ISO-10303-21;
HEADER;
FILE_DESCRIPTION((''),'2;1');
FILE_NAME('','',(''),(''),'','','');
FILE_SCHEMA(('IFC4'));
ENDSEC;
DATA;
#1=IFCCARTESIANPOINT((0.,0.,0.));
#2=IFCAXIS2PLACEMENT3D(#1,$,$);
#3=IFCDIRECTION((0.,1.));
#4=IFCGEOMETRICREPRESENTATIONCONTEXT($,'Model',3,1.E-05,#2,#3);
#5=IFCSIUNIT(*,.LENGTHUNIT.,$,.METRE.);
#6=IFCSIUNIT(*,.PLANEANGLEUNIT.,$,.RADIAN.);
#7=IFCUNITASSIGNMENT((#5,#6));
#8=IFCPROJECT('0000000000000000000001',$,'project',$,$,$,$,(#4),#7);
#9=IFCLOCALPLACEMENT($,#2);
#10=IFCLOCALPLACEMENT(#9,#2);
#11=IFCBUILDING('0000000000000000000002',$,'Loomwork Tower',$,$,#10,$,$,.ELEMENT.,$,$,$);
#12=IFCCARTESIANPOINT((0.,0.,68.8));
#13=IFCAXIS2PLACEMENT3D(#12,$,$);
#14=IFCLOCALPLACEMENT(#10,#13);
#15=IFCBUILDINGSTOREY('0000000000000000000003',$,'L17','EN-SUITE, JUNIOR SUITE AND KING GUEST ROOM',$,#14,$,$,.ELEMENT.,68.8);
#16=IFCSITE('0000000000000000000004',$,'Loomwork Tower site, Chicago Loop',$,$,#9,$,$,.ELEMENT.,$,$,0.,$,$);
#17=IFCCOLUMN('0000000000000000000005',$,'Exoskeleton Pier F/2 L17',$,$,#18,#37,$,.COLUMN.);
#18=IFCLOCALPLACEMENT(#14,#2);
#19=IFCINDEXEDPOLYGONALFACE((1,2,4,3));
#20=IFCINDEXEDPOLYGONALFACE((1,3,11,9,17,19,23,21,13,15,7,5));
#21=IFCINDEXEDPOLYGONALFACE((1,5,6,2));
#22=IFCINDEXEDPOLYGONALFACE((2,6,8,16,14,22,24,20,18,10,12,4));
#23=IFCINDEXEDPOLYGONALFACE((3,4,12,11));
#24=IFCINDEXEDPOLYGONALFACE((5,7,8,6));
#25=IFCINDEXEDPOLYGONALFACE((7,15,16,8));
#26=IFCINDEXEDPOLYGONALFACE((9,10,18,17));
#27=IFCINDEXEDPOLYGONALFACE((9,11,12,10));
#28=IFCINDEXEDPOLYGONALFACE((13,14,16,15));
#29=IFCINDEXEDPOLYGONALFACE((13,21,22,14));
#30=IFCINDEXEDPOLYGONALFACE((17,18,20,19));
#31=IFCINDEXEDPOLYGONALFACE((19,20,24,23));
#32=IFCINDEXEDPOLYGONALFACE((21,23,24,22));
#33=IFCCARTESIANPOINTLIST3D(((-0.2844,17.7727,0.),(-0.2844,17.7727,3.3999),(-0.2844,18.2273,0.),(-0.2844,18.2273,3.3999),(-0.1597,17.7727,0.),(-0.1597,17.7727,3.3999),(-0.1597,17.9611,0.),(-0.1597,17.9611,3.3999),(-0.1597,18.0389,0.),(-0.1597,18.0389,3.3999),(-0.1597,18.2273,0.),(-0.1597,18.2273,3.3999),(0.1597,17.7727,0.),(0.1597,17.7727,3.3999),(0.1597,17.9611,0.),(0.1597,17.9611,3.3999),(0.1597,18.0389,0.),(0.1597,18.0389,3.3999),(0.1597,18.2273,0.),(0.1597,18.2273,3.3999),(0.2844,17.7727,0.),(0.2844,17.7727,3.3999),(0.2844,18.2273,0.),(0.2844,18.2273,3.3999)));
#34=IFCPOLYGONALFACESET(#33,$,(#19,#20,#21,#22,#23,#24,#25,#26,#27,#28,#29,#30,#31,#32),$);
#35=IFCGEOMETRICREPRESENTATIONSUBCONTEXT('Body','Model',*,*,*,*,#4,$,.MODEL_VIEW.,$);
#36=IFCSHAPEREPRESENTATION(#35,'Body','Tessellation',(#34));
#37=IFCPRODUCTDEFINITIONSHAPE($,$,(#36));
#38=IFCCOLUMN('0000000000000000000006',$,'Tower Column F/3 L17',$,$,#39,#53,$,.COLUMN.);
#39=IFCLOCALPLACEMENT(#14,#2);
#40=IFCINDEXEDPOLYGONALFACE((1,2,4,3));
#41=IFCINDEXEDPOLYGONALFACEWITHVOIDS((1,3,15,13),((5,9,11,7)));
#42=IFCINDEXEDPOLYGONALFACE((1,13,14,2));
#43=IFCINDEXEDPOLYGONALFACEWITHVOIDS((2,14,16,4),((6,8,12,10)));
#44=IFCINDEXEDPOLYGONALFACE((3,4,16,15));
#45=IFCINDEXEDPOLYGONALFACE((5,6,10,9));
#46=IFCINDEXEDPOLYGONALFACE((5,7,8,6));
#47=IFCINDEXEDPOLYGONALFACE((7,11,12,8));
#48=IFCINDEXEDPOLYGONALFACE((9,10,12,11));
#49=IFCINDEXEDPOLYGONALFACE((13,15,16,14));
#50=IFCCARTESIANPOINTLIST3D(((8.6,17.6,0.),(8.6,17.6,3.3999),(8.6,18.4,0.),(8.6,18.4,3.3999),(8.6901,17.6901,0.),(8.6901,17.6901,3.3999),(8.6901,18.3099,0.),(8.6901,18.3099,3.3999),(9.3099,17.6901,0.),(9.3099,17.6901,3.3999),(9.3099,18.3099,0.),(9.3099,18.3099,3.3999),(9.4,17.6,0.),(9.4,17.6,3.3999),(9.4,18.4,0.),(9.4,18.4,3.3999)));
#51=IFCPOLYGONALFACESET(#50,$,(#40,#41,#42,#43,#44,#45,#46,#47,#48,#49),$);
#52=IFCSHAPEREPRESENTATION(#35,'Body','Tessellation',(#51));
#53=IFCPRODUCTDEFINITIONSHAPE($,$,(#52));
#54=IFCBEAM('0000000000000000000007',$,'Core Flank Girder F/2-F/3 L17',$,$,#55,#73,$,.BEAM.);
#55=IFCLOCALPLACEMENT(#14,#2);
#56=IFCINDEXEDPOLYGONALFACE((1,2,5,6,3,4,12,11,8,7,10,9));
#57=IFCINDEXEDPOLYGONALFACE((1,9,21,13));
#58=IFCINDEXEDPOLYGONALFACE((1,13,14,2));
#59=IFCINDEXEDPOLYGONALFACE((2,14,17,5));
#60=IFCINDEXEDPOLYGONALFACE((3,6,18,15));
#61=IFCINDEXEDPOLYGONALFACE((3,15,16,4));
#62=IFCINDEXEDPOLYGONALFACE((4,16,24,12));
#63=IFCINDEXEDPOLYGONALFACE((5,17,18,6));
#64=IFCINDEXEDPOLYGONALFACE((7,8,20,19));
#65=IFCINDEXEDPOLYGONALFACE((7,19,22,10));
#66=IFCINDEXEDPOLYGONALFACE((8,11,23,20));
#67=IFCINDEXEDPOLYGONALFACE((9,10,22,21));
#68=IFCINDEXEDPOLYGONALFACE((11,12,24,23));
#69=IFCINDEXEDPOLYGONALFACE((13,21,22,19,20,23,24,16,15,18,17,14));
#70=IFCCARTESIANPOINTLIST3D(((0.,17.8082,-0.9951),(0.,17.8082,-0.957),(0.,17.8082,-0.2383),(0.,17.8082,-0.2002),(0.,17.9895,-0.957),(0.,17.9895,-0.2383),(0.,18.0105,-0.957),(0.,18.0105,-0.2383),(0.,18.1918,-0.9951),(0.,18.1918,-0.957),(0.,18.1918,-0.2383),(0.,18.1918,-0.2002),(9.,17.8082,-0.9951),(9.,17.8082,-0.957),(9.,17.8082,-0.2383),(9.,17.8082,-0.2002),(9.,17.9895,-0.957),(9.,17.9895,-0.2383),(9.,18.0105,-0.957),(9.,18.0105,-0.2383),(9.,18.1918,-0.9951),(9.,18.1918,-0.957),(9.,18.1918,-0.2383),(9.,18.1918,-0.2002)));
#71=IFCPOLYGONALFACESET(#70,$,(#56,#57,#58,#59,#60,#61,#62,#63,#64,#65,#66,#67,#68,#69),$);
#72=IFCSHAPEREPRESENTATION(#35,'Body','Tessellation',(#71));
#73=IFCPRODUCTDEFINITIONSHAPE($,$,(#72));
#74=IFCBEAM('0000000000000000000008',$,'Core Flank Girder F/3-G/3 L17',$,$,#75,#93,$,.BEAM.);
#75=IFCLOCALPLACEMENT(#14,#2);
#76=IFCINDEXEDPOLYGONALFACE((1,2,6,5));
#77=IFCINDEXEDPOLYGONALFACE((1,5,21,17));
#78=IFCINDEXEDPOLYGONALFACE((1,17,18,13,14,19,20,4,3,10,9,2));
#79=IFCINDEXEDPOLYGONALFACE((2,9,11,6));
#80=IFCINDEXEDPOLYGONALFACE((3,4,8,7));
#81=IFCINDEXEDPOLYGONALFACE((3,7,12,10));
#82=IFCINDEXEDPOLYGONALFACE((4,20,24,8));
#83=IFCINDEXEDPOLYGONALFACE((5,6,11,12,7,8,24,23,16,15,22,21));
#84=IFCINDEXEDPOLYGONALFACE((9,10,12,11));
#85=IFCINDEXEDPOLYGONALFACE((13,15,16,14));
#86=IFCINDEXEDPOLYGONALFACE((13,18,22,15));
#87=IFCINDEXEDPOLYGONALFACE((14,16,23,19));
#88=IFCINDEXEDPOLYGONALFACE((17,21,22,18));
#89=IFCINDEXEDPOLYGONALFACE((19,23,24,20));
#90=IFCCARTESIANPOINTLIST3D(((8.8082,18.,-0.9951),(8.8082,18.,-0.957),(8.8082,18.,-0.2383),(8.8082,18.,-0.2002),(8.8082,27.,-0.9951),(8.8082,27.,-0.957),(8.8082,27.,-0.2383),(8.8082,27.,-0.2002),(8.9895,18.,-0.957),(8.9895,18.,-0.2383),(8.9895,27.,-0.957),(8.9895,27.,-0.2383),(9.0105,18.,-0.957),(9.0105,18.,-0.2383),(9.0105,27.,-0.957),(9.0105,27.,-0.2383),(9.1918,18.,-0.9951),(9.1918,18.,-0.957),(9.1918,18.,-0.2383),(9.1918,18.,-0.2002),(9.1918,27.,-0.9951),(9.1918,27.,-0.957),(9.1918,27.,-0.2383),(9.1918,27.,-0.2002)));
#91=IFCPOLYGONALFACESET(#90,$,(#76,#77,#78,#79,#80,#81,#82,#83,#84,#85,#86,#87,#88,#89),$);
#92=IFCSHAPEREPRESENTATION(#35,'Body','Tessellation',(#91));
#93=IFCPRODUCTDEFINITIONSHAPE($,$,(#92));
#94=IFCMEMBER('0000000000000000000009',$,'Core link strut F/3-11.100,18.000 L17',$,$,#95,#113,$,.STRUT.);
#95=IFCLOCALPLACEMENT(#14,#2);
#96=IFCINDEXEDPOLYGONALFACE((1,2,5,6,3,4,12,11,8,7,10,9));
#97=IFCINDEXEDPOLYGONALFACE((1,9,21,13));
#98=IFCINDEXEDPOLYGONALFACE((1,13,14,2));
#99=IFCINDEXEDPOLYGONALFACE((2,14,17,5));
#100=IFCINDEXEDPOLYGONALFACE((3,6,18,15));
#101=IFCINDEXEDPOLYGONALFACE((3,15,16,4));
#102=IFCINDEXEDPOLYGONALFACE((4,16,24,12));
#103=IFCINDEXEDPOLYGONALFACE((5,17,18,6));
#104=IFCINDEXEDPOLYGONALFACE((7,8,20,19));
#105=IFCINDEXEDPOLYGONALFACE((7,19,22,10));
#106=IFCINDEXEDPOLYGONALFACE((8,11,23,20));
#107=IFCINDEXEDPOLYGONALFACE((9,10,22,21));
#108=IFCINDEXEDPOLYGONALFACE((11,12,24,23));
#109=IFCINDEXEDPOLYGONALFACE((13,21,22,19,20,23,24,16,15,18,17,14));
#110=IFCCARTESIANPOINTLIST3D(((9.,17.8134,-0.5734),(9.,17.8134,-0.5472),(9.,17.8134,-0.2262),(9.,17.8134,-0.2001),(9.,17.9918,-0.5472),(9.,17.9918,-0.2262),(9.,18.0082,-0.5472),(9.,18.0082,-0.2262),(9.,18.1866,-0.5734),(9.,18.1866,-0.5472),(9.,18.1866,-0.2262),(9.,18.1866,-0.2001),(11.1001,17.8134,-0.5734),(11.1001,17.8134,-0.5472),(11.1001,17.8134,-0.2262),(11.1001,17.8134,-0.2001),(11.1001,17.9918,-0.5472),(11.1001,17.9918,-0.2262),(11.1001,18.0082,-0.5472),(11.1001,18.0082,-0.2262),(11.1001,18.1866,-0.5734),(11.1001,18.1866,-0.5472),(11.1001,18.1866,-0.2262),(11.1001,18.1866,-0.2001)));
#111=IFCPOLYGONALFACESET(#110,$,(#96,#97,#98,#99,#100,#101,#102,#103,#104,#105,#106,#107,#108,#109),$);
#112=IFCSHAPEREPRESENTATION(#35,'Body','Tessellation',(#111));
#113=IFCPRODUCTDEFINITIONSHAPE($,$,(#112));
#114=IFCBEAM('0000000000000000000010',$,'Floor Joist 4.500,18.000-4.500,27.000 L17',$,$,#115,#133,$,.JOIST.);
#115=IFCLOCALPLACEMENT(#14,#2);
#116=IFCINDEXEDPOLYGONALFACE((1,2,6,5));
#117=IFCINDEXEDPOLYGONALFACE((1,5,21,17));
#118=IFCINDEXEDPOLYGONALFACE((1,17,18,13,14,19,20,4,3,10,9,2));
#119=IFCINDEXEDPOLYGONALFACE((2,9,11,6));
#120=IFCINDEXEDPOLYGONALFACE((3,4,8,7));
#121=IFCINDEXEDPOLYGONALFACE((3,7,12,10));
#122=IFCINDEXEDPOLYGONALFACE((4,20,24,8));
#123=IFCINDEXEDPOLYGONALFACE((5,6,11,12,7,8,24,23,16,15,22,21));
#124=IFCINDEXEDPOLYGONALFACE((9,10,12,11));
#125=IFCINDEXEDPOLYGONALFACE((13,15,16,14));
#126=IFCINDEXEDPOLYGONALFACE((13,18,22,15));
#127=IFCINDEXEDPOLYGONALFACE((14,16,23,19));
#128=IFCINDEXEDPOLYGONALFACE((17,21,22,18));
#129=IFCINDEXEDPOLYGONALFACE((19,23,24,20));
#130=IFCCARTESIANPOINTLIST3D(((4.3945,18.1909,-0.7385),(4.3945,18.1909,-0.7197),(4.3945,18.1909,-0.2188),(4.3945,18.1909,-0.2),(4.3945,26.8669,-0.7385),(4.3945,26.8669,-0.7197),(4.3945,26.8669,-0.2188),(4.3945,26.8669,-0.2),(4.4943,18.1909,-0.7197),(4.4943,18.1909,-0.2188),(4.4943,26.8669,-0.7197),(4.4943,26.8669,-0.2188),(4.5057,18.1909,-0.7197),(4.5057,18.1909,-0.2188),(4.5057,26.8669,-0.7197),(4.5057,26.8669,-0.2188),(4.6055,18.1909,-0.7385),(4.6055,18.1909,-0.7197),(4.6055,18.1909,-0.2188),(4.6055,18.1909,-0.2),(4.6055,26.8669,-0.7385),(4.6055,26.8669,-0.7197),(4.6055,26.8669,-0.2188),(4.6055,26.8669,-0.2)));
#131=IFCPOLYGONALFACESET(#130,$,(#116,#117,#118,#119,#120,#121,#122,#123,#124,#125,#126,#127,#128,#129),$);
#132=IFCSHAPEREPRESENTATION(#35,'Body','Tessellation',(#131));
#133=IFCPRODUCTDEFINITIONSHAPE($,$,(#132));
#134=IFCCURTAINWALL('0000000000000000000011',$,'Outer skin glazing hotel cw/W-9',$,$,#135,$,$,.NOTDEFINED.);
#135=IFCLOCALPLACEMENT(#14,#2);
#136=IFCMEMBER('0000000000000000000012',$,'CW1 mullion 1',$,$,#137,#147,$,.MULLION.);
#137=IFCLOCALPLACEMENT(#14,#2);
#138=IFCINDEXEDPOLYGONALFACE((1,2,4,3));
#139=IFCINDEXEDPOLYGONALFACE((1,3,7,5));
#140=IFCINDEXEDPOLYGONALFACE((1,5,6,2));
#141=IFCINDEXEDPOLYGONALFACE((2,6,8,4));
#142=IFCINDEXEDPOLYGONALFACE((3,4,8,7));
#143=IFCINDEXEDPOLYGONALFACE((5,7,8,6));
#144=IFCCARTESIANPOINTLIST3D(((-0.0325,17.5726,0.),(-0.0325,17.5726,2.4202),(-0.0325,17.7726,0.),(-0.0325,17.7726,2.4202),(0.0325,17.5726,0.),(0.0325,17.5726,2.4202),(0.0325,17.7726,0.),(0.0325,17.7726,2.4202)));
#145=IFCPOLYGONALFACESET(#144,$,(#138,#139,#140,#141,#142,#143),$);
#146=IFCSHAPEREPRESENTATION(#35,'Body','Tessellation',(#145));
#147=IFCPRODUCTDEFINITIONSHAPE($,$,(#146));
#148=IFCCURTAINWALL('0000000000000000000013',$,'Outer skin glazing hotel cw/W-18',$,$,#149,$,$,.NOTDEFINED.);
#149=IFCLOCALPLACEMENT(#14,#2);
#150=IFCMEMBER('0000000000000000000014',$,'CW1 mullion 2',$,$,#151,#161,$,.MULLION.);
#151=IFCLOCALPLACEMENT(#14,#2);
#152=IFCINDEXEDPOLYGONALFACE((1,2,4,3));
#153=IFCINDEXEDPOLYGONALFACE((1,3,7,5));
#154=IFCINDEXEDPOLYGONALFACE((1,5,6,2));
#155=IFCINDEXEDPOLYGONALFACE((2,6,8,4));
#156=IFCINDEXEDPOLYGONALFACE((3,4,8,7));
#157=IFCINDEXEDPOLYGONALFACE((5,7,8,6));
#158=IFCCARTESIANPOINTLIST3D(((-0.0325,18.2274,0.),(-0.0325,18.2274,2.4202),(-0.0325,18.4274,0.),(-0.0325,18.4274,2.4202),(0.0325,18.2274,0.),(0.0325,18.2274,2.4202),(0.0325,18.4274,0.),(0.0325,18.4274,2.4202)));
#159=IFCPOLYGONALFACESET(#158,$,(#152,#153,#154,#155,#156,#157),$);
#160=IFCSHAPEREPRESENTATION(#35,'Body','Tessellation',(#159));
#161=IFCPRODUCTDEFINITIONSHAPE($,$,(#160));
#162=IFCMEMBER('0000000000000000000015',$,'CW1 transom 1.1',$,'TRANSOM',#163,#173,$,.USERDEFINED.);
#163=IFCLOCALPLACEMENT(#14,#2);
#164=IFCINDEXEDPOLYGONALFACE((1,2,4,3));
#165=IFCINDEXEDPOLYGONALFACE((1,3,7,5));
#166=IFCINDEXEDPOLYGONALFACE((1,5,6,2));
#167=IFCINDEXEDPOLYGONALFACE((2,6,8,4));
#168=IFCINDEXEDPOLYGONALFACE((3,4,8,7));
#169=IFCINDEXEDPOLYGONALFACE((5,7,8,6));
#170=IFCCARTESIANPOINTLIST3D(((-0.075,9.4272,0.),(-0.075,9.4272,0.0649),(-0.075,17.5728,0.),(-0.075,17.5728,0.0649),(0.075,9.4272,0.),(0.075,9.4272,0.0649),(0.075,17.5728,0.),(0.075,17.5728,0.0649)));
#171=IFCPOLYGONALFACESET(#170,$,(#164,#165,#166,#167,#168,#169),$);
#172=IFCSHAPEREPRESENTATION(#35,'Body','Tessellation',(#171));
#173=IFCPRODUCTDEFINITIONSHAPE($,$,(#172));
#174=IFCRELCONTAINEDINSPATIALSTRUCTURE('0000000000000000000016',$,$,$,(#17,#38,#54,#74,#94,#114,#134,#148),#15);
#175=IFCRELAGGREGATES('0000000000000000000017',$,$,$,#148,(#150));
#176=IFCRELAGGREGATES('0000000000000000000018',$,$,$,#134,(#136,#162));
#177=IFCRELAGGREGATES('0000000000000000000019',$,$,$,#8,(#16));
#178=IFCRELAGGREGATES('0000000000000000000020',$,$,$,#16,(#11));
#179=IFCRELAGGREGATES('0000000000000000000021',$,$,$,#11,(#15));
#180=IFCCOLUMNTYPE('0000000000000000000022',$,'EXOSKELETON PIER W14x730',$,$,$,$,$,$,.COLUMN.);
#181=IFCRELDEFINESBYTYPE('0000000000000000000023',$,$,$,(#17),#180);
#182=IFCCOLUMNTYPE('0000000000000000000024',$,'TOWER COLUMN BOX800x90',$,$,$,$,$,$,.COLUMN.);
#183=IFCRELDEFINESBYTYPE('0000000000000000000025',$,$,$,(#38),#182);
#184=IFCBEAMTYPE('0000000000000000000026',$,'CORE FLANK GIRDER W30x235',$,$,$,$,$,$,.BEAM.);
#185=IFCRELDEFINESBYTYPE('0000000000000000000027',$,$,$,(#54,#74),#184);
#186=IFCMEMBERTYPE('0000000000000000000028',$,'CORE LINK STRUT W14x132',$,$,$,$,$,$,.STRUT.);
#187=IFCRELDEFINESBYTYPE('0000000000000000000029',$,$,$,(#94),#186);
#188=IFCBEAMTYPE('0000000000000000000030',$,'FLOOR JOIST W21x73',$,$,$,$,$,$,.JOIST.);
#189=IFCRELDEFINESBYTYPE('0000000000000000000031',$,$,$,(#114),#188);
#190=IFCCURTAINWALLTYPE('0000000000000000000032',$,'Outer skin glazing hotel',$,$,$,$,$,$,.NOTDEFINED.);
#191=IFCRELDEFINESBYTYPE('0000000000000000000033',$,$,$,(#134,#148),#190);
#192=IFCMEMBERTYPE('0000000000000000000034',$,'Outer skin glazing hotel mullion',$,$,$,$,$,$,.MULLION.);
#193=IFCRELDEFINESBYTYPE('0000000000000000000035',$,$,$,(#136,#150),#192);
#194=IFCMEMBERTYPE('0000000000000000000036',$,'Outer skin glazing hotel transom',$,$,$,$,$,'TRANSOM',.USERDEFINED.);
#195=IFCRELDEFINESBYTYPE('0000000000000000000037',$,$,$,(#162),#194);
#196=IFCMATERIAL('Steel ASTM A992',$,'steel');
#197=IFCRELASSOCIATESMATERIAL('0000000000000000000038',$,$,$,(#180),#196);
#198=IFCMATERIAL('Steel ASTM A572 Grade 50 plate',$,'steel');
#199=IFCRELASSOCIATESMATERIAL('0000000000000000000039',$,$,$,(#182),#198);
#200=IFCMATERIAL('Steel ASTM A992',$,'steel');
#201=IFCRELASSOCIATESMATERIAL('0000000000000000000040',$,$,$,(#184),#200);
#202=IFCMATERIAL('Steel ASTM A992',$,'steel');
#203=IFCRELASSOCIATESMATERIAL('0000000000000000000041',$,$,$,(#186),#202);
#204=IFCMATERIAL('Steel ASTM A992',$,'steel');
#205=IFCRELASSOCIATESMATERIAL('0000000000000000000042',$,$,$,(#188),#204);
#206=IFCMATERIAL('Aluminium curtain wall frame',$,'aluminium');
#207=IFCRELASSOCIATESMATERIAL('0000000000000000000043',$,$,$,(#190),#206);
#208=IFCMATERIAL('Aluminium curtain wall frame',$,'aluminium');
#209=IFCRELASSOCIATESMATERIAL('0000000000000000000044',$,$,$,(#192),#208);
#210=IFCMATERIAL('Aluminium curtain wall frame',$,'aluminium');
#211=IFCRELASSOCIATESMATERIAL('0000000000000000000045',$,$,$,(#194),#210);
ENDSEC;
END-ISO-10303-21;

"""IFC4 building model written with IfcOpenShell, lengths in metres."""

from ifc_helpers import new_model, si_unit, direction, frame, origin, origin_2d, place, context, subcontext, project, spatial, rectangle, hollow_rectangle, i_section, extrude, material, material_profile, profile_set, type_object, element, aggregate, save


model = new_model("IFC4")

# Units and contexts
model_context = context("Model", 3, precision=1e-05, world=origin(), true_north=direction((0.0, 1.0)))
body_context = subcontext(model_context, "Body", "Model", "MODEL_VIEW")
ifc_project = project(units=[si_unit("LENGTHUNIT", "METRE"), si_unit("PLANEANGLEUNIT", "RADIAN")], contexts=[model_context])

# Site, building, storey
site_placement = place(None, origin())
site = spatial("IfcSite", under=ifc_project, at=site_placement, Name="Loomwork Tower site, Chicago Loop", CompositionType="ELEMENT", RefElevation=0.0)
building_placement = place(site_placement, origin())
building = spatial("IfcBuilding", under=site, at=building_placement, Name="Loomwork Tower", CompositionType="ELEMENT")
storey_placement = place(building_placement, frame((0.0, 0.0, 68.8)))
storey = spatial("IfcBuildingStorey", under=building, at=storey_placement, Name="L17", Description="EN-SUITE, JUNIOR SUITE AND KING GUEST ROOM", CompositionType="ELEMENT", Elevation=68.8)

# Columns
ifc_material_1 = material(Name="Steel ASTM A992", Category="steel")
ifc_material_profile_1 = material_profile(ifc_material_1, i_section(OverallWidth=0.4546, OverallDepth=0.5688, WebThickness=0.0779, FlangeThickness=0.1248, at=origin_2d()), Name="W14x730")
ifc_profile_set_1 = profile_set([ifc_material_profile_1], Name="Steel ASTM A992")
column_type_1 = type_object("IfcColumnType", Name="EXOSKELETON PIER W14x730", PredefinedType="COLUMN", material=ifc_profile_set_1)
column_1_placement = place(storey_placement, frame((0.0, 18.0, 0.0), z_axis=(0.0, 0.0, 1.0), x_axis=(0.0, 1.0, 0.0)))
element("IfcColumn", 1, at=column_1_placement, inside=storey, type_object=column_type_1, Name="Exoskeleton Pier F/2 L17", PredefinedType="COLUMN", context=body_context, shape_type="SweptSolid", body=[
    extrude(i_section(OverallWidth=0.4546, OverallDepth=0.5688, WebThickness=0.0779, FlangeThickness=0.1248, at=origin_2d()), origin(), (0.0, 0.0, 1.0), 3.3999),
])
ifc_material_2 = material(Name="Steel ASTM A572 Grade 50 plate", Category="steel")
ifc_material_profile_2 = material_profile(ifc_material_2, hollow_rectangle(XDim=0.8, YDim=0.8, WallThickness=0.0901, at=origin_2d()), Name="BOX800x90")
ifc_profile_set_2 = profile_set([ifc_material_profile_2], Name="Steel ASTM A572 Grade 50 plate")
column_type_2 = type_object("IfcColumnType", Name="TOWER COLUMN BOX800x90", PredefinedType="COLUMN", material=ifc_profile_set_2)
column_2_placement = place(storey_placement, frame((9.0, 18.0, 0.0), z_axis=(0.0, 0.0, 1.0), x_axis=(1.0, 0.0, 0.0)))
element("IfcColumn", 2, at=column_2_placement, inside=storey, type_object=column_type_2, Name="Tower Column F/3 L17", PredefinedType="COLUMN", context=body_context, shape_type="SweptSolid", body=[
    extrude(hollow_rectangle(XDim=0.8, YDim=0.8, WallThickness=0.0901, at=origin_2d()), origin(), (0.0, 0.0, 1.0), 3.3999),
])

# Beams
ifc_material_3 = material(Name="Steel ASTM A992", Category="steel")
ifc_material_profile_3 = material_profile(ifc_material_3, i_section(OverallWidth=0.3835, OverallDepth=0.7949, WebThickness=0.021, FlangeThickness=0.0381, at=origin_2d()), Name="W30x235")
ifc_profile_set_3 = profile_set([ifc_material_profile_3], Name="Steel ASTM A992")
beam_type_1 = type_object("IfcBeamType", Name="CORE FLANK GIRDER W30x235", PredefinedType="BEAM", material=ifc_profile_set_3)
for number, where, z_axis, x_axis, name in (
    (3, (0.0, 18.0, -0.5977), (1.0, 0.0, 0.0), (0.0, 1.0, 0.0), "Core Flank Girder F/2-F/3 L17"),
    (4, (9.0, 18.0, -0.5977), (0.0, 1.0, 0.0), (-1.0, 0.0, 0.0), "Core Flank Girder F/3-G/3 L17"),
):
    element("IfcBeam", number, at=place(storey_placement, frame(where, z_axis=z_axis, x_axis=x_axis)), inside=storey, type_object=beam_type_1, Name=name, PredefinedType="BEAM", context=body_context, shape_type="SweptSolid", body=[
        extrude(i_section(OverallWidth=0.3835, OverallDepth=0.7949, WebThickness=0.021, FlangeThickness=0.0381, at=origin_2d()), origin(), (0.0, 0.0, 1.0), 9.0),
    ])

# Member
ifc_material_4 = material(Name="Steel ASTM A992", Category="steel")
ifc_material_profile_4 = material_profile(ifc_material_4, i_section(OverallWidth=0.3733, OverallDepth=0.3733, WebThickness=0.0164, FlangeThickness=0.0261, at=origin_2d()), Name="W14x132")
ifc_profile_set_4 = profile_set([ifc_material_profile_4], Name="Steel ASTM A992")
member_type_1 = type_object("IfcMemberType", Name="CORE LINK STRUT W14x132", PredefinedType="STRUT", material=ifc_profile_set_4)
member_1_placement = place(storey_placement, frame((9.0, 18.0, -0.3867), z_axis=(1.0, 0.0, 0.0), x_axis=(0.0, 1.0, 0.0)))
element("IfcMember", 5, at=member_1_placement, inside=storey, type_object=member_type_1, Name="Core link strut F/3-11.100,18.000 L17", PredefinedType="STRUT", context=body_context, shape_type="SweptSolid", body=[
    extrude(i_section(OverallWidth=0.3733, OverallDepth=0.3733, WebThickness=0.0164, FlangeThickness=0.0261, at=origin_2d()), origin(), (0.0, 0.0, 1.0), 2.1001),
])

# Beam
ifc_material_5 = material(Name="Steel ASTM A992", Category="steel")
ifc_material_profile_5 = material_profile(ifc_material_5, i_section(OverallWidth=0.2109, OverallDepth=0.5386, WebThickness=0.0115, FlangeThickness=0.0188, at=origin_2d()), Name="W21x73")
ifc_profile_set_5 = profile_set([ifc_material_profile_5], Name="Steel ASTM A992")
beam_type_2 = type_object("IfcBeamType", Name="FLOOR JOIST W21x73", PredefinedType="JOIST", material=ifc_profile_set_5)
beam_1_placement = place(storey_placement, frame((4.5, 18.1909, -0.4692), z_axis=(0.0, 1.0, 0.0), x_axis=(-1.0, 0.0, 0.0)))
element("IfcBeam", 6, at=beam_1_placement, inside=storey, type_object=beam_type_2, Name="Floor Joist 4.500,18.000-4.500,27.000 L17", PredefinedType="JOIST", context=body_context, shape_type="SweptSolid", body=[
    extrude(i_section(OverallWidth=0.2109, OverallDepth=0.5386, WebThickness=0.0115, FlangeThickness=0.0188, at=origin_2d()), origin(), (0.0, 0.0, 1.0), 8.676),
])

# Curtain walls, members
ifc_material_6 = material(Name="Aluminium curtain wall frame", Category="aluminium")
curtain_wall_type = type_object("IfcCurtainWallType", Name="Outer skin glazing hotel", PredefinedType="NOTDEFINED", material=ifc_material_6)
curtain_wall_1_placement = place(storey_placement, origin())
curtain_wall_1 = element("IfcCurtainWall", 7, at=curtain_wall_1_placement, inside=storey, type_object=curtain_wall_type, Name="Outer skin glazing hotel cw/W-9", PredefinedType="NOTDEFINED")
ifc_material_7 = material(Name="Aluminium curtain wall frame", Category="aluminium")
ifc_material_profile_6 = material_profile(ifc_material_7, rectangle(XDim=0.0649, YDim=0.2, at=origin_2d()), Name="AL 65x200")
ifc_profile_set_6 = profile_set([ifc_material_profile_6], Name="Aluminium curtain wall frame")
member_type_2 = type_object("IfcMemberType", Name="Outer skin glazing hotel mullion", PredefinedType="MULLION", material=ifc_profile_set_6)
member_2_placement = place(storey_placement, frame((0.0, 17.6726, 0.0), z_axis=(0.0, 0.0, 1.0), x_axis=(1.0, 0.0, 0.0)))
member_2 = element("IfcMember", 8, at=member_2_placement, type_object=member_type_2, Name="CW1 mullion 1", PredefinedType="MULLION", context=body_context, shape_type="SweptSolid", body=[
    extrude(rectangle(XDim=0.0649, YDim=0.2, at=origin_2d()), origin(), (0.0, 0.0, 1.0), 2.4202),
])
curtain_wall_2_placement = place(storey_placement, origin())
curtain_wall_2 = element("IfcCurtainWall", 9, at=curtain_wall_2_placement, inside=storey, type_object=curtain_wall_type, Name="Outer skin glazing hotel cw/W-18", PredefinedType="NOTDEFINED")
member_3_placement = place(storey_placement, frame((0.0, 18.3274, 0.0), z_axis=(0.0, 0.0, 1.0), x_axis=(1.0, 0.0, 0.0)))
member_3 = element("IfcMember", 10, at=member_3_placement, type_object=member_type_2, Name="CW1 mullion 2", PredefinedType="MULLION", context=body_context, shape_type="SweptSolid", body=[
    extrude(rectangle(XDim=0.0649, YDim=0.2, at=origin_2d()), origin(), (0.0, 0.0, 1.0), 2.4202),
])
aggregate(curtain_wall_2, [member_3])

# Member
ifc_material_8 = material(Name="Aluminium curtain wall frame", Category="aluminium")
ifc_material_profile_7 = material_profile(ifc_material_8, rectangle(XDim=0.1499, YDim=0.0649, at=origin_2d()), Name="AL 65x150")
ifc_profile_set_7 = profile_set([ifc_material_profile_7], Name="Aluminium curtain wall frame")
member_type_3 = type_object("IfcMemberType", Name="Outer skin glazing hotel transom", ElementType="TRANSOM", PredefinedType="USERDEFINED", material=ifc_profile_set_7)
member_4_placement = place(storey_placement, frame((0.0, 17.5728, 0.0325), z_axis=(0.0, -1.0, 0.0), x_axis=(1.0, 0.0, 0.0)))
member_4 = element("IfcMember", 11, at=member_4_placement, type_object=member_type_3, Name="CW1 transom 1.1", ObjectType="TRANSOM", PredefinedType="USERDEFINED", context=body_context, shape_type="SweptSolid", body=[
    extrude(rectangle(XDim=0.1499, YDim=0.0649, at=origin_2d()), origin(), (0.0, 0.0, 1.0), 8.1455),
])
aggregate(curtain_wall_1, [member_2, member_4])

save(model, "model.ifc")
